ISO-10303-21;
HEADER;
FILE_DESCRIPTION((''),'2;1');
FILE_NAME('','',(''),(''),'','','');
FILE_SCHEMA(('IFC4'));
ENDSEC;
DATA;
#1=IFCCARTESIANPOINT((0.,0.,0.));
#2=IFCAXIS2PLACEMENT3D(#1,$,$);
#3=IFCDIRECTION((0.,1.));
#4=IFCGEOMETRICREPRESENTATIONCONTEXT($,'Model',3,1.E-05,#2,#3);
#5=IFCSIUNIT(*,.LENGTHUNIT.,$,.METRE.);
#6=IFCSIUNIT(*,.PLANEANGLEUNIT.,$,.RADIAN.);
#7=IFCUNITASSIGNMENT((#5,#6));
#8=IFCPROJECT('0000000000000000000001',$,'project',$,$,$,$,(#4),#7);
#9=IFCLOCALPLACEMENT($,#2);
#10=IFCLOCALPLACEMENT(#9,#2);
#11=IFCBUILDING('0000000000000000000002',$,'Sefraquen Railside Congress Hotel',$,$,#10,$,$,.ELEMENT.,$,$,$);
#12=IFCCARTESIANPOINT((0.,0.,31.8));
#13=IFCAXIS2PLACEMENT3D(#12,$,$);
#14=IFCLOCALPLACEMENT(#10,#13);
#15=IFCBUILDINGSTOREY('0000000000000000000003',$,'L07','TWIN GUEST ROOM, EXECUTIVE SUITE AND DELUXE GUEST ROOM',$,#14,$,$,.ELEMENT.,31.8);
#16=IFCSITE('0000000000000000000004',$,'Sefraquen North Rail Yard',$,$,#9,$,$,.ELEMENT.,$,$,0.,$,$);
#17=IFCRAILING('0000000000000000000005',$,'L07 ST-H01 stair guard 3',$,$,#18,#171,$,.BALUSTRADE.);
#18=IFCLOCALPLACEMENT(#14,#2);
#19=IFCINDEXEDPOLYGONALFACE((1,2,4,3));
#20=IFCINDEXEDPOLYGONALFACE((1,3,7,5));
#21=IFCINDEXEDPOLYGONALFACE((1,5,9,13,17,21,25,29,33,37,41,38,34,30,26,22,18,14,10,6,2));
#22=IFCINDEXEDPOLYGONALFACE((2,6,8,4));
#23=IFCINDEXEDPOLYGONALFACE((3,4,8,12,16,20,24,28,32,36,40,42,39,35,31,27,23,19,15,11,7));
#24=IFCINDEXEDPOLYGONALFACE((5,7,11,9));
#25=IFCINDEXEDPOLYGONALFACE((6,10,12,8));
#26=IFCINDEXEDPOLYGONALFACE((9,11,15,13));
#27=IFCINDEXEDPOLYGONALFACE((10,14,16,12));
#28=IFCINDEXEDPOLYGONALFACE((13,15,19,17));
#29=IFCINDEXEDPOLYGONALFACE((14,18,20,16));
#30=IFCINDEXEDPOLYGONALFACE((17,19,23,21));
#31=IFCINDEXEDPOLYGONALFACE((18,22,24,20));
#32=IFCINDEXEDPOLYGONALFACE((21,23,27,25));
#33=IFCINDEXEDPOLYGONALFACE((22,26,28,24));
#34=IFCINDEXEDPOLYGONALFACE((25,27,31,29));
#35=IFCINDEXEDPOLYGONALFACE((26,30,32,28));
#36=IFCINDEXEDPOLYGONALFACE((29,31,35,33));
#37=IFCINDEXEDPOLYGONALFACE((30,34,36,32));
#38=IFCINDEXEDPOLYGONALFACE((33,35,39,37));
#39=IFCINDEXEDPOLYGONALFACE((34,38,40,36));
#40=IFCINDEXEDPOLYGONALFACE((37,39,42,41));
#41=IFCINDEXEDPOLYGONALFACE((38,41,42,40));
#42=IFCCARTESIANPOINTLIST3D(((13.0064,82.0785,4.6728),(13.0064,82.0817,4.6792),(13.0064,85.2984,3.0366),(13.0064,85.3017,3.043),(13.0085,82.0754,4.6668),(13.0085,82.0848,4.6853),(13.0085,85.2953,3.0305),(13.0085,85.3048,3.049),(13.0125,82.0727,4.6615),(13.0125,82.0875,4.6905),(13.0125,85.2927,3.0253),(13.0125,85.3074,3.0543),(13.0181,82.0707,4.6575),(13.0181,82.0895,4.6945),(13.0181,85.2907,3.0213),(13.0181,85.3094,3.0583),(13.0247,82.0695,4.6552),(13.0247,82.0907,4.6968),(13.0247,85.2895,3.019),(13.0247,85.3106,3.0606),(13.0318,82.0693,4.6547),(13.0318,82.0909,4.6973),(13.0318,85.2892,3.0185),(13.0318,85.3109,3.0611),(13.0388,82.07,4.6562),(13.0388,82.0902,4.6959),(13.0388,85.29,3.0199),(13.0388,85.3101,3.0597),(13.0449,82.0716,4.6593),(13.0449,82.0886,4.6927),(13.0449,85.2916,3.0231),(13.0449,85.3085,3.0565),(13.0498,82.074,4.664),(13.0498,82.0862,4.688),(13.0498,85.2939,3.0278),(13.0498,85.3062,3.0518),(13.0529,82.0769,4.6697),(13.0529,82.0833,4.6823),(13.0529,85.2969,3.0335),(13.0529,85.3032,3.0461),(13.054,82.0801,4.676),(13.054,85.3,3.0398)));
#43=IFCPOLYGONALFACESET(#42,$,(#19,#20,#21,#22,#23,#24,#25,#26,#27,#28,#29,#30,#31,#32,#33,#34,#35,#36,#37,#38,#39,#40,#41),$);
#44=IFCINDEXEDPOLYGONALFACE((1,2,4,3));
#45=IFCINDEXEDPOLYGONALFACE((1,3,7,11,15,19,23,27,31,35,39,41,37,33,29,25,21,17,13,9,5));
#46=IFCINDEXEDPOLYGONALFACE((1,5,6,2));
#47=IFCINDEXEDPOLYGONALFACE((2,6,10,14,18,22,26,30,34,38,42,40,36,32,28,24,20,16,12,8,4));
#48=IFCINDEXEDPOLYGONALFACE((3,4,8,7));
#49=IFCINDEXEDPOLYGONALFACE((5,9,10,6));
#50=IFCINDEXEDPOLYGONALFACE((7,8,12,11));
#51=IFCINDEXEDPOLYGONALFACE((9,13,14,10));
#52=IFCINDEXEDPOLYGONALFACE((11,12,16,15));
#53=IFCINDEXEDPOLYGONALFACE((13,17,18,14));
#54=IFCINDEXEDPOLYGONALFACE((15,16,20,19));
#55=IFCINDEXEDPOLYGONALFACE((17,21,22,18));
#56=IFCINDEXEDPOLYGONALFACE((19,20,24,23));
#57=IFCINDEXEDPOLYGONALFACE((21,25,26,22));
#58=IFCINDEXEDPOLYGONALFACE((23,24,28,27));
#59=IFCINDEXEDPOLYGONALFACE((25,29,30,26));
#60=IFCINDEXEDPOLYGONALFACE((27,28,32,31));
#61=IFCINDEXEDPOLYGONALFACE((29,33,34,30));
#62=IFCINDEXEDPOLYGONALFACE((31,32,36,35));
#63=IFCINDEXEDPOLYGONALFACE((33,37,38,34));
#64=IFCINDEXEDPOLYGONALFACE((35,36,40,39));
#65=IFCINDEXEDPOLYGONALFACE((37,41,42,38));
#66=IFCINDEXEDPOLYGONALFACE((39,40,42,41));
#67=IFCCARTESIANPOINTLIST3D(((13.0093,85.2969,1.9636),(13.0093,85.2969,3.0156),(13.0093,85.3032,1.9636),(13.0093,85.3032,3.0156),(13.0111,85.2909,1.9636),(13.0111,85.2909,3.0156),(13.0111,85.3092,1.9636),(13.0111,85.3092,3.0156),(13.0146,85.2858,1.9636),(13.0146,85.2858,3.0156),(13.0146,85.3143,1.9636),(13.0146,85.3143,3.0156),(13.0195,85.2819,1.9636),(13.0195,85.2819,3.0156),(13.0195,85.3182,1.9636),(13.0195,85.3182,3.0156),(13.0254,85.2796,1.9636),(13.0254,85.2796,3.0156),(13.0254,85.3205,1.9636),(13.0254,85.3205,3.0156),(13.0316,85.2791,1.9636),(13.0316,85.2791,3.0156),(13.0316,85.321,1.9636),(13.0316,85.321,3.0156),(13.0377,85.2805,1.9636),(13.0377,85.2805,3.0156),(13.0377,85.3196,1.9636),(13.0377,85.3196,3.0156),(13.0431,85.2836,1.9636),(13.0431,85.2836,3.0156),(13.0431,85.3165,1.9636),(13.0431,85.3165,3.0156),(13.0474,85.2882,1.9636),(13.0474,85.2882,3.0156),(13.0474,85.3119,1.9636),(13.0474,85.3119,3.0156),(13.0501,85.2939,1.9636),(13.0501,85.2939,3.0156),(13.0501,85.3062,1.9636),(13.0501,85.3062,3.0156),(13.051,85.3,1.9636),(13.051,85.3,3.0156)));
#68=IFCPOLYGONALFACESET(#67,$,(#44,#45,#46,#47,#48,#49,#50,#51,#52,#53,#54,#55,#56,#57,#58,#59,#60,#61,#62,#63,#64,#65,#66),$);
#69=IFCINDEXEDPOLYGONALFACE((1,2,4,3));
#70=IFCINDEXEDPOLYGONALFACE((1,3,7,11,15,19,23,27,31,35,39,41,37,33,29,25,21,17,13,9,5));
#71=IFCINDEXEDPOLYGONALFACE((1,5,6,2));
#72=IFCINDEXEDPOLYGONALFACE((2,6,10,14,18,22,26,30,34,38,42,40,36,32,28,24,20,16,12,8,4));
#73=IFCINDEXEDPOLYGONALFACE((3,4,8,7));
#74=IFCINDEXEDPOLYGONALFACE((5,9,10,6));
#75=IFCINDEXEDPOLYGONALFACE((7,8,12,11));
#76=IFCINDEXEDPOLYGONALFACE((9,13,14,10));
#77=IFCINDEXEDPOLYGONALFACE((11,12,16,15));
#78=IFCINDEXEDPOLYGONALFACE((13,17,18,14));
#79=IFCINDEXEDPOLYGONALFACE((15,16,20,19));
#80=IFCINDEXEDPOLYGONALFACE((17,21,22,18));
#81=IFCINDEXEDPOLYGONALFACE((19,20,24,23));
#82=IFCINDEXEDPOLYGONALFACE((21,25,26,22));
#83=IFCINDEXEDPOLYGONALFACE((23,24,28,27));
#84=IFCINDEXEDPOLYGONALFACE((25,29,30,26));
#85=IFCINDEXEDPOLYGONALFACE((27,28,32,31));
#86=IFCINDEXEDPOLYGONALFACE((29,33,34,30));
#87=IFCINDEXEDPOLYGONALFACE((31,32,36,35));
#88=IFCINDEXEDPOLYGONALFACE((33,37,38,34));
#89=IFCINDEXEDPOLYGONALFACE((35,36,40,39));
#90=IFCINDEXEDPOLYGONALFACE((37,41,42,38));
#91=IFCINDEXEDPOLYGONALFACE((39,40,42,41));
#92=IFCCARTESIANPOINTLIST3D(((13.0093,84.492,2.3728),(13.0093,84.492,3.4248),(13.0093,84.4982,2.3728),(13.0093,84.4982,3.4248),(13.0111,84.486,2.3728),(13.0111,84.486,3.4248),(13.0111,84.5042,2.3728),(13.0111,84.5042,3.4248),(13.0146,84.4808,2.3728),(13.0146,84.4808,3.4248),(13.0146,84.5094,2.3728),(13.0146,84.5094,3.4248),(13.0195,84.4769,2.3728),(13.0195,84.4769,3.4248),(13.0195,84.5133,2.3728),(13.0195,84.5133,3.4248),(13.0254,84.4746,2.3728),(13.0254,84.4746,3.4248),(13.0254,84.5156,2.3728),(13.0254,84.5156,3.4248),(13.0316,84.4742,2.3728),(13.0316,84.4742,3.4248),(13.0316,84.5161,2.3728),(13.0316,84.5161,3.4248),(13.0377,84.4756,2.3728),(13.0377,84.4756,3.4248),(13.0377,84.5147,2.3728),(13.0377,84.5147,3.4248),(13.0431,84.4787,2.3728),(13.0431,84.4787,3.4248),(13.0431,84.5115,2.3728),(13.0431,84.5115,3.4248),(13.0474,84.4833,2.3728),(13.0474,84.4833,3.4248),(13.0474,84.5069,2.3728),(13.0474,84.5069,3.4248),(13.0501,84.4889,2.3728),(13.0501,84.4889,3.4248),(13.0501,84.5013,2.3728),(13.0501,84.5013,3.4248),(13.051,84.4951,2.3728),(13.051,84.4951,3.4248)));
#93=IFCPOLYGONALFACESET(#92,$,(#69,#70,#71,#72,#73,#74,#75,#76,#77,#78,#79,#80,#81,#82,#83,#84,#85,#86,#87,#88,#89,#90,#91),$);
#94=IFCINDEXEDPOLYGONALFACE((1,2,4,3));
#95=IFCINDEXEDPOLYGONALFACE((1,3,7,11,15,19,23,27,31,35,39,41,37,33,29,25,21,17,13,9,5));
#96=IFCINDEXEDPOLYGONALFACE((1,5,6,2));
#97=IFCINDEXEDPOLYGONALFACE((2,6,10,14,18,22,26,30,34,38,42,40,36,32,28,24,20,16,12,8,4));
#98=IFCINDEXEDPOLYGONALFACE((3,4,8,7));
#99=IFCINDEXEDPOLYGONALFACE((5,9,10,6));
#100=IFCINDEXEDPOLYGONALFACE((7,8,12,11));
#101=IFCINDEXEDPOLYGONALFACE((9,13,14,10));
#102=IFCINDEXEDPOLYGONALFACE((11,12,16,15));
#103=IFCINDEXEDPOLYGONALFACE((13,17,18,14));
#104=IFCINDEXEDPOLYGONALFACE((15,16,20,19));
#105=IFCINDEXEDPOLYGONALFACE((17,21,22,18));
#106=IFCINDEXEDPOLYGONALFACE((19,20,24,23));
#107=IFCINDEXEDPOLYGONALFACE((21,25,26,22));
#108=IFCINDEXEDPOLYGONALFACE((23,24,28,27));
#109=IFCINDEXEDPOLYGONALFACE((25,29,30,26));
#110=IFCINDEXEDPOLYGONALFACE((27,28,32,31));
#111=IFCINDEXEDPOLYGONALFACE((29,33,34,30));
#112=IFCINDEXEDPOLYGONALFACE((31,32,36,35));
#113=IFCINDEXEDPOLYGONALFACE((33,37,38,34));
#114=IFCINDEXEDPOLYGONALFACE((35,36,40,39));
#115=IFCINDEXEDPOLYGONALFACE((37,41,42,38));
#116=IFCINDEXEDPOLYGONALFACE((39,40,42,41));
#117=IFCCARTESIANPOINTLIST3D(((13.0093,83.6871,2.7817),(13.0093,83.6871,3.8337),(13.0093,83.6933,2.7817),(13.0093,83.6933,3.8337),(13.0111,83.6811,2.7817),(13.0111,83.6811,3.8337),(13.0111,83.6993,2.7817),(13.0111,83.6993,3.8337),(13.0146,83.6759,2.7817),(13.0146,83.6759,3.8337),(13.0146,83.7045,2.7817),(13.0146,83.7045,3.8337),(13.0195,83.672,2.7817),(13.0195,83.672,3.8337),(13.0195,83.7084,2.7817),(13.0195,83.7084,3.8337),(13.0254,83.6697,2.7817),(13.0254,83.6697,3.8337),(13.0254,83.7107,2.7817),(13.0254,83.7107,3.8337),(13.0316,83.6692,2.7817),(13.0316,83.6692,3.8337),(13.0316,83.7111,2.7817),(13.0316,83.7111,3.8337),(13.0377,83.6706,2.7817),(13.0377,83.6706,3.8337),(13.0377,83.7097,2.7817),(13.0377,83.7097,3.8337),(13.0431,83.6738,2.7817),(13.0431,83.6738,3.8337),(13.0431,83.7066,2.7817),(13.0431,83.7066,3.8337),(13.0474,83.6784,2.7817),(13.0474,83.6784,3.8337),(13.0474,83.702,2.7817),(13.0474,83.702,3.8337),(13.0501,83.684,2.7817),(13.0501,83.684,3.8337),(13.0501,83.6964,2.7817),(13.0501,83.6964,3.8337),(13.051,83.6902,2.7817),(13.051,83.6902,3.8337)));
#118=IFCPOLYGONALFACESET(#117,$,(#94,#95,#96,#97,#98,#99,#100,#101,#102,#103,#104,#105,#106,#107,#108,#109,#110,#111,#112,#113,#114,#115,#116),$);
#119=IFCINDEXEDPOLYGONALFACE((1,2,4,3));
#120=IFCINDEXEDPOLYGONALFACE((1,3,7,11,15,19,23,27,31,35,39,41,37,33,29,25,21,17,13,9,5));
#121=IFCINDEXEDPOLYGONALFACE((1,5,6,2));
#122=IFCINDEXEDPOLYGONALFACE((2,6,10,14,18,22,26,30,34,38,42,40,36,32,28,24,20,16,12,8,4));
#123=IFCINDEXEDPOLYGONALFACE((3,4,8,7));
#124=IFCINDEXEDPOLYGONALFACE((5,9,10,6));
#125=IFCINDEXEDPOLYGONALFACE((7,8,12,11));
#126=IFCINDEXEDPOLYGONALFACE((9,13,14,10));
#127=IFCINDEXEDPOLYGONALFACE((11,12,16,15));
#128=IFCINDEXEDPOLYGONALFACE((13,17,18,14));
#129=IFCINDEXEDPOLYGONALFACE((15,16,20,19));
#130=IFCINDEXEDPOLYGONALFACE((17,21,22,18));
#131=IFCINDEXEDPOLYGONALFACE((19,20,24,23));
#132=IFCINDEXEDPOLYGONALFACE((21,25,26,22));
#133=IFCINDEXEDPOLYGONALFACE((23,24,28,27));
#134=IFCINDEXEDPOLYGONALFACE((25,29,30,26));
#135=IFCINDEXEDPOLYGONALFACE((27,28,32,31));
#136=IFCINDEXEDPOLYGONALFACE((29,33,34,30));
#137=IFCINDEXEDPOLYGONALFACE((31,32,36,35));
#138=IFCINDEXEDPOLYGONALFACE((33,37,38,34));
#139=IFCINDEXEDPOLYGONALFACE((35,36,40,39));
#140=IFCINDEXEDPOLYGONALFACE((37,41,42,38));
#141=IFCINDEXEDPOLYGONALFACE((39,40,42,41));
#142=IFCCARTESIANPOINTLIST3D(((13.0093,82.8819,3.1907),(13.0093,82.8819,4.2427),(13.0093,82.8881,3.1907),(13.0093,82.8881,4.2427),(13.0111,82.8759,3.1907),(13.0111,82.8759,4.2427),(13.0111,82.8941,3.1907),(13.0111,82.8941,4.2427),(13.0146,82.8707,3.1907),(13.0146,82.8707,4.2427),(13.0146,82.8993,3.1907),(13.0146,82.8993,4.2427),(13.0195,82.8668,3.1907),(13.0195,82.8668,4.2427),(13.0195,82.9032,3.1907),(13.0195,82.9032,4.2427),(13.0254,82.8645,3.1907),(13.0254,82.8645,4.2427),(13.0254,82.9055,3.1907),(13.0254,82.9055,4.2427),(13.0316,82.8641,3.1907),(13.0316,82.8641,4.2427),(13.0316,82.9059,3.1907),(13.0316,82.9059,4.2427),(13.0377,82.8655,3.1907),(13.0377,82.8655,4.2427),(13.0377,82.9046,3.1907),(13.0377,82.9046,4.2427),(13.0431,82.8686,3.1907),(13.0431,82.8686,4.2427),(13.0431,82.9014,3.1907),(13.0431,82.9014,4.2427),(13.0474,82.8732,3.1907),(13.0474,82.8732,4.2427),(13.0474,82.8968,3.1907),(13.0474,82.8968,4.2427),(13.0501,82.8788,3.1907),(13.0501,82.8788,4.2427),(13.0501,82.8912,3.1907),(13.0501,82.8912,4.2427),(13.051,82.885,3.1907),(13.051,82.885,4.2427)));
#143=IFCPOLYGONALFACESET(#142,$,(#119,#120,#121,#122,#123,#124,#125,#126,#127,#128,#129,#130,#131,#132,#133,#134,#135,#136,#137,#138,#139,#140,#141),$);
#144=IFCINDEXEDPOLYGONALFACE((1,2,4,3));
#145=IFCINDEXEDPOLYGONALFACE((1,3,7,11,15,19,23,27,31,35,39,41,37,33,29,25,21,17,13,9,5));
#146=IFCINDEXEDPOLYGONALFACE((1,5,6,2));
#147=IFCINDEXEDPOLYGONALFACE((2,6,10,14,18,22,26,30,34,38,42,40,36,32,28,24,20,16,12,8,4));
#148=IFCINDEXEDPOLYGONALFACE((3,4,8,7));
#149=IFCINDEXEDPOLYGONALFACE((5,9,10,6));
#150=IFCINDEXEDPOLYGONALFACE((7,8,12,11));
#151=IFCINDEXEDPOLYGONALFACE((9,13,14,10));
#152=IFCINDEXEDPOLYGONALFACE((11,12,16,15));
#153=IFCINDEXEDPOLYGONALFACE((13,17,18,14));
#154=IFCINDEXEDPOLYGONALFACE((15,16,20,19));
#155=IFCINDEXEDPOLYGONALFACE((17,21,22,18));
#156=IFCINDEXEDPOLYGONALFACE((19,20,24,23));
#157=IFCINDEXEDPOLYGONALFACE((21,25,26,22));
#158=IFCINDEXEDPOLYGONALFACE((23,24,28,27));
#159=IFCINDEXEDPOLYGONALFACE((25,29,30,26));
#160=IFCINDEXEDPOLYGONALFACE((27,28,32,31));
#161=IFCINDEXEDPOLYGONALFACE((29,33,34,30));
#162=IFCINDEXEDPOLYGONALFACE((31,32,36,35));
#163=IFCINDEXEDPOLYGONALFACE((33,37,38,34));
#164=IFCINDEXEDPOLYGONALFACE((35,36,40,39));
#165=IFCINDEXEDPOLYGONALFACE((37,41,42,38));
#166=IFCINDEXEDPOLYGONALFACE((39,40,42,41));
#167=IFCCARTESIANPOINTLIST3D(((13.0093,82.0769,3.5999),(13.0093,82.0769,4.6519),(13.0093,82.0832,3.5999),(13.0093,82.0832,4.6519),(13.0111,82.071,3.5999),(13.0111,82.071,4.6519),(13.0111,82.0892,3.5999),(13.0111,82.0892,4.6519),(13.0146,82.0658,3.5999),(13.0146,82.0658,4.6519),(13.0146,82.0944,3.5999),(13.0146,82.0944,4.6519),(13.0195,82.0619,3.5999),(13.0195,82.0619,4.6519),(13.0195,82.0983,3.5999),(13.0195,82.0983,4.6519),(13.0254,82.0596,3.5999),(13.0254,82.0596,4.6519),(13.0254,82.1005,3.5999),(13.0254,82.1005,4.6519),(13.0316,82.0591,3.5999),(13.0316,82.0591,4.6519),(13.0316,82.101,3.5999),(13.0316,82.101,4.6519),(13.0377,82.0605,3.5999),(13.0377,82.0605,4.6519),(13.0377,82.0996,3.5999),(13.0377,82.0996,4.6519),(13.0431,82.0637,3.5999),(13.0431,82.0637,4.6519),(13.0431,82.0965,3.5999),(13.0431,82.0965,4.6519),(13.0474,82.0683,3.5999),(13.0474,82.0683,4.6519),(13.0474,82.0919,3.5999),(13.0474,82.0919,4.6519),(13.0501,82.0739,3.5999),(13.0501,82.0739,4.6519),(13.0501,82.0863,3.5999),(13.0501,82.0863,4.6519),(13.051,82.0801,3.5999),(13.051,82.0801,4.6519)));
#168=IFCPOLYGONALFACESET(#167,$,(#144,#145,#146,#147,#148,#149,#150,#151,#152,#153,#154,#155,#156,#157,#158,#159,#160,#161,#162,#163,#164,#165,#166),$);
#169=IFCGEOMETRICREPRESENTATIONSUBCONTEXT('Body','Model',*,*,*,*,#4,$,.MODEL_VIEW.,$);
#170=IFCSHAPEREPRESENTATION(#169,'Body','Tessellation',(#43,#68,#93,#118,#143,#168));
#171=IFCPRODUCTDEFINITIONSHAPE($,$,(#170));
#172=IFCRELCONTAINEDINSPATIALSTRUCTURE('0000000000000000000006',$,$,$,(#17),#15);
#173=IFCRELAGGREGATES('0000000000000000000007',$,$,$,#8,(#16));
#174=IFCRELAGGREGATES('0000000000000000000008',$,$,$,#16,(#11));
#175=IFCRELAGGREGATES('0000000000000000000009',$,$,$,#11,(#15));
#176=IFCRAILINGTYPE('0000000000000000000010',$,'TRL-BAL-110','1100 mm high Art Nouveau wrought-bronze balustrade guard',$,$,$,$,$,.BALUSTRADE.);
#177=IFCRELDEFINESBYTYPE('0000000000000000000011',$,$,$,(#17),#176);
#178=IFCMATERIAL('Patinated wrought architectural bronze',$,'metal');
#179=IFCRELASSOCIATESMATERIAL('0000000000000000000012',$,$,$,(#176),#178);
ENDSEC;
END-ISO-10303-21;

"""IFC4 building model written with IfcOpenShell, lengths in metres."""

from ifc_helpers import new_model, si_unit, direction, frame, origin, origin_2d, place, context, subcontext, project, spatial, circle, extrude, material, type_object, element, save


model = new_model("IFC4")

# Units and contexts
model_context = context("Model", 3, precision=1e-05, world=origin(), true_north=direction((0.0, 1.0)))
body_context = subcontext(model_context, "Body", "Model", "MODEL_VIEW")
ifc_project = project(units=[si_unit("LENGTHUNIT", "METRE"), si_unit("PLANEANGLEUNIT", "RADIAN")], contexts=[model_context])

# Site, building, storey
site_placement = place(None, origin())
site = spatial("IfcSite", under=ifc_project, at=site_placement, Name="Sefraquen North Rail Yard", CompositionType="ELEMENT", RefElevation=0.0)
building_placement = place(site_placement, origin())
building = spatial("IfcBuilding", under=site, at=building_placement, Name="Sefraquen Railside Congress Hotel", CompositionType="ELEMENT")
storey_placement = place(building_placement, frame((0.0, 0.0, 31.8)))
storey = spatial("IfcBuildingStorey", under=building, at=storey_placement, Name="L07", Description="TWIN GUEST ROOM, EXECUTIVE SUITE AND DELUXE GUEST ROOM", CompositionType="ELEMENT", Elevation=31.8)

# Railing
ifc_material_1 = material(Name="Patinated wrought architectural bronze", Category="metal")
railing_type_1 = type_object("IfcRailingType", Name="TRL-BAL-110", Description="1100 mm high Art Nouveau wrought-bronze balustrade guard", PredefinedType="BALUSTRADE", material=ifc_material_1)
railing_1_placement = place(storey_placement, frame((13.03, 85.3, 1.9636)))
element("IfcRailing", 1, at=railing_1_placement, inside=storey, type_object=railing_type_1, Name="L07 ST-H01 stair guard 3", PredefinedType="BALUSTRADE", context=body_context, shape_type="SweptSolid", body=[
    extrude(circle(Radius=0.0239, at=origin_2d()), frame((0.0, 0.0, 1.0762), z_axis=(0.0, -0.891502, 0.453017), x_axis=(1.0, 0.0, 0.0)), (0.0, 0.0, 1.0), 3.6118),
    extrude(circle(Radius=0.021, at=origin_2d()), origin(), (0.0, 0.0, 1.0), 1.052),
    extrude(circle(Radius=0.021, at=origin_2d()), frame((0.0, -0.8049, 0.4092)), (0.0, 0.0, 1.0), 1.052),
    extrude(circle(Radius=0.021, at=origin_2d()), frame((0.0, -1.6099, 0.8181)), (0.0, 0.0, 1.0), 1.052),
    extrude(circle(Radius=0.021, at=origin_2d()), frame((0.0, -2.415, 1.2271)), (0.0, 0.0, 1.0), 1.052),
    extrude(circle(Radius=0.021, at=origin_2d()), frame((0.0, -3.22, 1.6362)), (0.0, 0.0, 1.0), 1.052),
])

save(model, "model.ifc")
